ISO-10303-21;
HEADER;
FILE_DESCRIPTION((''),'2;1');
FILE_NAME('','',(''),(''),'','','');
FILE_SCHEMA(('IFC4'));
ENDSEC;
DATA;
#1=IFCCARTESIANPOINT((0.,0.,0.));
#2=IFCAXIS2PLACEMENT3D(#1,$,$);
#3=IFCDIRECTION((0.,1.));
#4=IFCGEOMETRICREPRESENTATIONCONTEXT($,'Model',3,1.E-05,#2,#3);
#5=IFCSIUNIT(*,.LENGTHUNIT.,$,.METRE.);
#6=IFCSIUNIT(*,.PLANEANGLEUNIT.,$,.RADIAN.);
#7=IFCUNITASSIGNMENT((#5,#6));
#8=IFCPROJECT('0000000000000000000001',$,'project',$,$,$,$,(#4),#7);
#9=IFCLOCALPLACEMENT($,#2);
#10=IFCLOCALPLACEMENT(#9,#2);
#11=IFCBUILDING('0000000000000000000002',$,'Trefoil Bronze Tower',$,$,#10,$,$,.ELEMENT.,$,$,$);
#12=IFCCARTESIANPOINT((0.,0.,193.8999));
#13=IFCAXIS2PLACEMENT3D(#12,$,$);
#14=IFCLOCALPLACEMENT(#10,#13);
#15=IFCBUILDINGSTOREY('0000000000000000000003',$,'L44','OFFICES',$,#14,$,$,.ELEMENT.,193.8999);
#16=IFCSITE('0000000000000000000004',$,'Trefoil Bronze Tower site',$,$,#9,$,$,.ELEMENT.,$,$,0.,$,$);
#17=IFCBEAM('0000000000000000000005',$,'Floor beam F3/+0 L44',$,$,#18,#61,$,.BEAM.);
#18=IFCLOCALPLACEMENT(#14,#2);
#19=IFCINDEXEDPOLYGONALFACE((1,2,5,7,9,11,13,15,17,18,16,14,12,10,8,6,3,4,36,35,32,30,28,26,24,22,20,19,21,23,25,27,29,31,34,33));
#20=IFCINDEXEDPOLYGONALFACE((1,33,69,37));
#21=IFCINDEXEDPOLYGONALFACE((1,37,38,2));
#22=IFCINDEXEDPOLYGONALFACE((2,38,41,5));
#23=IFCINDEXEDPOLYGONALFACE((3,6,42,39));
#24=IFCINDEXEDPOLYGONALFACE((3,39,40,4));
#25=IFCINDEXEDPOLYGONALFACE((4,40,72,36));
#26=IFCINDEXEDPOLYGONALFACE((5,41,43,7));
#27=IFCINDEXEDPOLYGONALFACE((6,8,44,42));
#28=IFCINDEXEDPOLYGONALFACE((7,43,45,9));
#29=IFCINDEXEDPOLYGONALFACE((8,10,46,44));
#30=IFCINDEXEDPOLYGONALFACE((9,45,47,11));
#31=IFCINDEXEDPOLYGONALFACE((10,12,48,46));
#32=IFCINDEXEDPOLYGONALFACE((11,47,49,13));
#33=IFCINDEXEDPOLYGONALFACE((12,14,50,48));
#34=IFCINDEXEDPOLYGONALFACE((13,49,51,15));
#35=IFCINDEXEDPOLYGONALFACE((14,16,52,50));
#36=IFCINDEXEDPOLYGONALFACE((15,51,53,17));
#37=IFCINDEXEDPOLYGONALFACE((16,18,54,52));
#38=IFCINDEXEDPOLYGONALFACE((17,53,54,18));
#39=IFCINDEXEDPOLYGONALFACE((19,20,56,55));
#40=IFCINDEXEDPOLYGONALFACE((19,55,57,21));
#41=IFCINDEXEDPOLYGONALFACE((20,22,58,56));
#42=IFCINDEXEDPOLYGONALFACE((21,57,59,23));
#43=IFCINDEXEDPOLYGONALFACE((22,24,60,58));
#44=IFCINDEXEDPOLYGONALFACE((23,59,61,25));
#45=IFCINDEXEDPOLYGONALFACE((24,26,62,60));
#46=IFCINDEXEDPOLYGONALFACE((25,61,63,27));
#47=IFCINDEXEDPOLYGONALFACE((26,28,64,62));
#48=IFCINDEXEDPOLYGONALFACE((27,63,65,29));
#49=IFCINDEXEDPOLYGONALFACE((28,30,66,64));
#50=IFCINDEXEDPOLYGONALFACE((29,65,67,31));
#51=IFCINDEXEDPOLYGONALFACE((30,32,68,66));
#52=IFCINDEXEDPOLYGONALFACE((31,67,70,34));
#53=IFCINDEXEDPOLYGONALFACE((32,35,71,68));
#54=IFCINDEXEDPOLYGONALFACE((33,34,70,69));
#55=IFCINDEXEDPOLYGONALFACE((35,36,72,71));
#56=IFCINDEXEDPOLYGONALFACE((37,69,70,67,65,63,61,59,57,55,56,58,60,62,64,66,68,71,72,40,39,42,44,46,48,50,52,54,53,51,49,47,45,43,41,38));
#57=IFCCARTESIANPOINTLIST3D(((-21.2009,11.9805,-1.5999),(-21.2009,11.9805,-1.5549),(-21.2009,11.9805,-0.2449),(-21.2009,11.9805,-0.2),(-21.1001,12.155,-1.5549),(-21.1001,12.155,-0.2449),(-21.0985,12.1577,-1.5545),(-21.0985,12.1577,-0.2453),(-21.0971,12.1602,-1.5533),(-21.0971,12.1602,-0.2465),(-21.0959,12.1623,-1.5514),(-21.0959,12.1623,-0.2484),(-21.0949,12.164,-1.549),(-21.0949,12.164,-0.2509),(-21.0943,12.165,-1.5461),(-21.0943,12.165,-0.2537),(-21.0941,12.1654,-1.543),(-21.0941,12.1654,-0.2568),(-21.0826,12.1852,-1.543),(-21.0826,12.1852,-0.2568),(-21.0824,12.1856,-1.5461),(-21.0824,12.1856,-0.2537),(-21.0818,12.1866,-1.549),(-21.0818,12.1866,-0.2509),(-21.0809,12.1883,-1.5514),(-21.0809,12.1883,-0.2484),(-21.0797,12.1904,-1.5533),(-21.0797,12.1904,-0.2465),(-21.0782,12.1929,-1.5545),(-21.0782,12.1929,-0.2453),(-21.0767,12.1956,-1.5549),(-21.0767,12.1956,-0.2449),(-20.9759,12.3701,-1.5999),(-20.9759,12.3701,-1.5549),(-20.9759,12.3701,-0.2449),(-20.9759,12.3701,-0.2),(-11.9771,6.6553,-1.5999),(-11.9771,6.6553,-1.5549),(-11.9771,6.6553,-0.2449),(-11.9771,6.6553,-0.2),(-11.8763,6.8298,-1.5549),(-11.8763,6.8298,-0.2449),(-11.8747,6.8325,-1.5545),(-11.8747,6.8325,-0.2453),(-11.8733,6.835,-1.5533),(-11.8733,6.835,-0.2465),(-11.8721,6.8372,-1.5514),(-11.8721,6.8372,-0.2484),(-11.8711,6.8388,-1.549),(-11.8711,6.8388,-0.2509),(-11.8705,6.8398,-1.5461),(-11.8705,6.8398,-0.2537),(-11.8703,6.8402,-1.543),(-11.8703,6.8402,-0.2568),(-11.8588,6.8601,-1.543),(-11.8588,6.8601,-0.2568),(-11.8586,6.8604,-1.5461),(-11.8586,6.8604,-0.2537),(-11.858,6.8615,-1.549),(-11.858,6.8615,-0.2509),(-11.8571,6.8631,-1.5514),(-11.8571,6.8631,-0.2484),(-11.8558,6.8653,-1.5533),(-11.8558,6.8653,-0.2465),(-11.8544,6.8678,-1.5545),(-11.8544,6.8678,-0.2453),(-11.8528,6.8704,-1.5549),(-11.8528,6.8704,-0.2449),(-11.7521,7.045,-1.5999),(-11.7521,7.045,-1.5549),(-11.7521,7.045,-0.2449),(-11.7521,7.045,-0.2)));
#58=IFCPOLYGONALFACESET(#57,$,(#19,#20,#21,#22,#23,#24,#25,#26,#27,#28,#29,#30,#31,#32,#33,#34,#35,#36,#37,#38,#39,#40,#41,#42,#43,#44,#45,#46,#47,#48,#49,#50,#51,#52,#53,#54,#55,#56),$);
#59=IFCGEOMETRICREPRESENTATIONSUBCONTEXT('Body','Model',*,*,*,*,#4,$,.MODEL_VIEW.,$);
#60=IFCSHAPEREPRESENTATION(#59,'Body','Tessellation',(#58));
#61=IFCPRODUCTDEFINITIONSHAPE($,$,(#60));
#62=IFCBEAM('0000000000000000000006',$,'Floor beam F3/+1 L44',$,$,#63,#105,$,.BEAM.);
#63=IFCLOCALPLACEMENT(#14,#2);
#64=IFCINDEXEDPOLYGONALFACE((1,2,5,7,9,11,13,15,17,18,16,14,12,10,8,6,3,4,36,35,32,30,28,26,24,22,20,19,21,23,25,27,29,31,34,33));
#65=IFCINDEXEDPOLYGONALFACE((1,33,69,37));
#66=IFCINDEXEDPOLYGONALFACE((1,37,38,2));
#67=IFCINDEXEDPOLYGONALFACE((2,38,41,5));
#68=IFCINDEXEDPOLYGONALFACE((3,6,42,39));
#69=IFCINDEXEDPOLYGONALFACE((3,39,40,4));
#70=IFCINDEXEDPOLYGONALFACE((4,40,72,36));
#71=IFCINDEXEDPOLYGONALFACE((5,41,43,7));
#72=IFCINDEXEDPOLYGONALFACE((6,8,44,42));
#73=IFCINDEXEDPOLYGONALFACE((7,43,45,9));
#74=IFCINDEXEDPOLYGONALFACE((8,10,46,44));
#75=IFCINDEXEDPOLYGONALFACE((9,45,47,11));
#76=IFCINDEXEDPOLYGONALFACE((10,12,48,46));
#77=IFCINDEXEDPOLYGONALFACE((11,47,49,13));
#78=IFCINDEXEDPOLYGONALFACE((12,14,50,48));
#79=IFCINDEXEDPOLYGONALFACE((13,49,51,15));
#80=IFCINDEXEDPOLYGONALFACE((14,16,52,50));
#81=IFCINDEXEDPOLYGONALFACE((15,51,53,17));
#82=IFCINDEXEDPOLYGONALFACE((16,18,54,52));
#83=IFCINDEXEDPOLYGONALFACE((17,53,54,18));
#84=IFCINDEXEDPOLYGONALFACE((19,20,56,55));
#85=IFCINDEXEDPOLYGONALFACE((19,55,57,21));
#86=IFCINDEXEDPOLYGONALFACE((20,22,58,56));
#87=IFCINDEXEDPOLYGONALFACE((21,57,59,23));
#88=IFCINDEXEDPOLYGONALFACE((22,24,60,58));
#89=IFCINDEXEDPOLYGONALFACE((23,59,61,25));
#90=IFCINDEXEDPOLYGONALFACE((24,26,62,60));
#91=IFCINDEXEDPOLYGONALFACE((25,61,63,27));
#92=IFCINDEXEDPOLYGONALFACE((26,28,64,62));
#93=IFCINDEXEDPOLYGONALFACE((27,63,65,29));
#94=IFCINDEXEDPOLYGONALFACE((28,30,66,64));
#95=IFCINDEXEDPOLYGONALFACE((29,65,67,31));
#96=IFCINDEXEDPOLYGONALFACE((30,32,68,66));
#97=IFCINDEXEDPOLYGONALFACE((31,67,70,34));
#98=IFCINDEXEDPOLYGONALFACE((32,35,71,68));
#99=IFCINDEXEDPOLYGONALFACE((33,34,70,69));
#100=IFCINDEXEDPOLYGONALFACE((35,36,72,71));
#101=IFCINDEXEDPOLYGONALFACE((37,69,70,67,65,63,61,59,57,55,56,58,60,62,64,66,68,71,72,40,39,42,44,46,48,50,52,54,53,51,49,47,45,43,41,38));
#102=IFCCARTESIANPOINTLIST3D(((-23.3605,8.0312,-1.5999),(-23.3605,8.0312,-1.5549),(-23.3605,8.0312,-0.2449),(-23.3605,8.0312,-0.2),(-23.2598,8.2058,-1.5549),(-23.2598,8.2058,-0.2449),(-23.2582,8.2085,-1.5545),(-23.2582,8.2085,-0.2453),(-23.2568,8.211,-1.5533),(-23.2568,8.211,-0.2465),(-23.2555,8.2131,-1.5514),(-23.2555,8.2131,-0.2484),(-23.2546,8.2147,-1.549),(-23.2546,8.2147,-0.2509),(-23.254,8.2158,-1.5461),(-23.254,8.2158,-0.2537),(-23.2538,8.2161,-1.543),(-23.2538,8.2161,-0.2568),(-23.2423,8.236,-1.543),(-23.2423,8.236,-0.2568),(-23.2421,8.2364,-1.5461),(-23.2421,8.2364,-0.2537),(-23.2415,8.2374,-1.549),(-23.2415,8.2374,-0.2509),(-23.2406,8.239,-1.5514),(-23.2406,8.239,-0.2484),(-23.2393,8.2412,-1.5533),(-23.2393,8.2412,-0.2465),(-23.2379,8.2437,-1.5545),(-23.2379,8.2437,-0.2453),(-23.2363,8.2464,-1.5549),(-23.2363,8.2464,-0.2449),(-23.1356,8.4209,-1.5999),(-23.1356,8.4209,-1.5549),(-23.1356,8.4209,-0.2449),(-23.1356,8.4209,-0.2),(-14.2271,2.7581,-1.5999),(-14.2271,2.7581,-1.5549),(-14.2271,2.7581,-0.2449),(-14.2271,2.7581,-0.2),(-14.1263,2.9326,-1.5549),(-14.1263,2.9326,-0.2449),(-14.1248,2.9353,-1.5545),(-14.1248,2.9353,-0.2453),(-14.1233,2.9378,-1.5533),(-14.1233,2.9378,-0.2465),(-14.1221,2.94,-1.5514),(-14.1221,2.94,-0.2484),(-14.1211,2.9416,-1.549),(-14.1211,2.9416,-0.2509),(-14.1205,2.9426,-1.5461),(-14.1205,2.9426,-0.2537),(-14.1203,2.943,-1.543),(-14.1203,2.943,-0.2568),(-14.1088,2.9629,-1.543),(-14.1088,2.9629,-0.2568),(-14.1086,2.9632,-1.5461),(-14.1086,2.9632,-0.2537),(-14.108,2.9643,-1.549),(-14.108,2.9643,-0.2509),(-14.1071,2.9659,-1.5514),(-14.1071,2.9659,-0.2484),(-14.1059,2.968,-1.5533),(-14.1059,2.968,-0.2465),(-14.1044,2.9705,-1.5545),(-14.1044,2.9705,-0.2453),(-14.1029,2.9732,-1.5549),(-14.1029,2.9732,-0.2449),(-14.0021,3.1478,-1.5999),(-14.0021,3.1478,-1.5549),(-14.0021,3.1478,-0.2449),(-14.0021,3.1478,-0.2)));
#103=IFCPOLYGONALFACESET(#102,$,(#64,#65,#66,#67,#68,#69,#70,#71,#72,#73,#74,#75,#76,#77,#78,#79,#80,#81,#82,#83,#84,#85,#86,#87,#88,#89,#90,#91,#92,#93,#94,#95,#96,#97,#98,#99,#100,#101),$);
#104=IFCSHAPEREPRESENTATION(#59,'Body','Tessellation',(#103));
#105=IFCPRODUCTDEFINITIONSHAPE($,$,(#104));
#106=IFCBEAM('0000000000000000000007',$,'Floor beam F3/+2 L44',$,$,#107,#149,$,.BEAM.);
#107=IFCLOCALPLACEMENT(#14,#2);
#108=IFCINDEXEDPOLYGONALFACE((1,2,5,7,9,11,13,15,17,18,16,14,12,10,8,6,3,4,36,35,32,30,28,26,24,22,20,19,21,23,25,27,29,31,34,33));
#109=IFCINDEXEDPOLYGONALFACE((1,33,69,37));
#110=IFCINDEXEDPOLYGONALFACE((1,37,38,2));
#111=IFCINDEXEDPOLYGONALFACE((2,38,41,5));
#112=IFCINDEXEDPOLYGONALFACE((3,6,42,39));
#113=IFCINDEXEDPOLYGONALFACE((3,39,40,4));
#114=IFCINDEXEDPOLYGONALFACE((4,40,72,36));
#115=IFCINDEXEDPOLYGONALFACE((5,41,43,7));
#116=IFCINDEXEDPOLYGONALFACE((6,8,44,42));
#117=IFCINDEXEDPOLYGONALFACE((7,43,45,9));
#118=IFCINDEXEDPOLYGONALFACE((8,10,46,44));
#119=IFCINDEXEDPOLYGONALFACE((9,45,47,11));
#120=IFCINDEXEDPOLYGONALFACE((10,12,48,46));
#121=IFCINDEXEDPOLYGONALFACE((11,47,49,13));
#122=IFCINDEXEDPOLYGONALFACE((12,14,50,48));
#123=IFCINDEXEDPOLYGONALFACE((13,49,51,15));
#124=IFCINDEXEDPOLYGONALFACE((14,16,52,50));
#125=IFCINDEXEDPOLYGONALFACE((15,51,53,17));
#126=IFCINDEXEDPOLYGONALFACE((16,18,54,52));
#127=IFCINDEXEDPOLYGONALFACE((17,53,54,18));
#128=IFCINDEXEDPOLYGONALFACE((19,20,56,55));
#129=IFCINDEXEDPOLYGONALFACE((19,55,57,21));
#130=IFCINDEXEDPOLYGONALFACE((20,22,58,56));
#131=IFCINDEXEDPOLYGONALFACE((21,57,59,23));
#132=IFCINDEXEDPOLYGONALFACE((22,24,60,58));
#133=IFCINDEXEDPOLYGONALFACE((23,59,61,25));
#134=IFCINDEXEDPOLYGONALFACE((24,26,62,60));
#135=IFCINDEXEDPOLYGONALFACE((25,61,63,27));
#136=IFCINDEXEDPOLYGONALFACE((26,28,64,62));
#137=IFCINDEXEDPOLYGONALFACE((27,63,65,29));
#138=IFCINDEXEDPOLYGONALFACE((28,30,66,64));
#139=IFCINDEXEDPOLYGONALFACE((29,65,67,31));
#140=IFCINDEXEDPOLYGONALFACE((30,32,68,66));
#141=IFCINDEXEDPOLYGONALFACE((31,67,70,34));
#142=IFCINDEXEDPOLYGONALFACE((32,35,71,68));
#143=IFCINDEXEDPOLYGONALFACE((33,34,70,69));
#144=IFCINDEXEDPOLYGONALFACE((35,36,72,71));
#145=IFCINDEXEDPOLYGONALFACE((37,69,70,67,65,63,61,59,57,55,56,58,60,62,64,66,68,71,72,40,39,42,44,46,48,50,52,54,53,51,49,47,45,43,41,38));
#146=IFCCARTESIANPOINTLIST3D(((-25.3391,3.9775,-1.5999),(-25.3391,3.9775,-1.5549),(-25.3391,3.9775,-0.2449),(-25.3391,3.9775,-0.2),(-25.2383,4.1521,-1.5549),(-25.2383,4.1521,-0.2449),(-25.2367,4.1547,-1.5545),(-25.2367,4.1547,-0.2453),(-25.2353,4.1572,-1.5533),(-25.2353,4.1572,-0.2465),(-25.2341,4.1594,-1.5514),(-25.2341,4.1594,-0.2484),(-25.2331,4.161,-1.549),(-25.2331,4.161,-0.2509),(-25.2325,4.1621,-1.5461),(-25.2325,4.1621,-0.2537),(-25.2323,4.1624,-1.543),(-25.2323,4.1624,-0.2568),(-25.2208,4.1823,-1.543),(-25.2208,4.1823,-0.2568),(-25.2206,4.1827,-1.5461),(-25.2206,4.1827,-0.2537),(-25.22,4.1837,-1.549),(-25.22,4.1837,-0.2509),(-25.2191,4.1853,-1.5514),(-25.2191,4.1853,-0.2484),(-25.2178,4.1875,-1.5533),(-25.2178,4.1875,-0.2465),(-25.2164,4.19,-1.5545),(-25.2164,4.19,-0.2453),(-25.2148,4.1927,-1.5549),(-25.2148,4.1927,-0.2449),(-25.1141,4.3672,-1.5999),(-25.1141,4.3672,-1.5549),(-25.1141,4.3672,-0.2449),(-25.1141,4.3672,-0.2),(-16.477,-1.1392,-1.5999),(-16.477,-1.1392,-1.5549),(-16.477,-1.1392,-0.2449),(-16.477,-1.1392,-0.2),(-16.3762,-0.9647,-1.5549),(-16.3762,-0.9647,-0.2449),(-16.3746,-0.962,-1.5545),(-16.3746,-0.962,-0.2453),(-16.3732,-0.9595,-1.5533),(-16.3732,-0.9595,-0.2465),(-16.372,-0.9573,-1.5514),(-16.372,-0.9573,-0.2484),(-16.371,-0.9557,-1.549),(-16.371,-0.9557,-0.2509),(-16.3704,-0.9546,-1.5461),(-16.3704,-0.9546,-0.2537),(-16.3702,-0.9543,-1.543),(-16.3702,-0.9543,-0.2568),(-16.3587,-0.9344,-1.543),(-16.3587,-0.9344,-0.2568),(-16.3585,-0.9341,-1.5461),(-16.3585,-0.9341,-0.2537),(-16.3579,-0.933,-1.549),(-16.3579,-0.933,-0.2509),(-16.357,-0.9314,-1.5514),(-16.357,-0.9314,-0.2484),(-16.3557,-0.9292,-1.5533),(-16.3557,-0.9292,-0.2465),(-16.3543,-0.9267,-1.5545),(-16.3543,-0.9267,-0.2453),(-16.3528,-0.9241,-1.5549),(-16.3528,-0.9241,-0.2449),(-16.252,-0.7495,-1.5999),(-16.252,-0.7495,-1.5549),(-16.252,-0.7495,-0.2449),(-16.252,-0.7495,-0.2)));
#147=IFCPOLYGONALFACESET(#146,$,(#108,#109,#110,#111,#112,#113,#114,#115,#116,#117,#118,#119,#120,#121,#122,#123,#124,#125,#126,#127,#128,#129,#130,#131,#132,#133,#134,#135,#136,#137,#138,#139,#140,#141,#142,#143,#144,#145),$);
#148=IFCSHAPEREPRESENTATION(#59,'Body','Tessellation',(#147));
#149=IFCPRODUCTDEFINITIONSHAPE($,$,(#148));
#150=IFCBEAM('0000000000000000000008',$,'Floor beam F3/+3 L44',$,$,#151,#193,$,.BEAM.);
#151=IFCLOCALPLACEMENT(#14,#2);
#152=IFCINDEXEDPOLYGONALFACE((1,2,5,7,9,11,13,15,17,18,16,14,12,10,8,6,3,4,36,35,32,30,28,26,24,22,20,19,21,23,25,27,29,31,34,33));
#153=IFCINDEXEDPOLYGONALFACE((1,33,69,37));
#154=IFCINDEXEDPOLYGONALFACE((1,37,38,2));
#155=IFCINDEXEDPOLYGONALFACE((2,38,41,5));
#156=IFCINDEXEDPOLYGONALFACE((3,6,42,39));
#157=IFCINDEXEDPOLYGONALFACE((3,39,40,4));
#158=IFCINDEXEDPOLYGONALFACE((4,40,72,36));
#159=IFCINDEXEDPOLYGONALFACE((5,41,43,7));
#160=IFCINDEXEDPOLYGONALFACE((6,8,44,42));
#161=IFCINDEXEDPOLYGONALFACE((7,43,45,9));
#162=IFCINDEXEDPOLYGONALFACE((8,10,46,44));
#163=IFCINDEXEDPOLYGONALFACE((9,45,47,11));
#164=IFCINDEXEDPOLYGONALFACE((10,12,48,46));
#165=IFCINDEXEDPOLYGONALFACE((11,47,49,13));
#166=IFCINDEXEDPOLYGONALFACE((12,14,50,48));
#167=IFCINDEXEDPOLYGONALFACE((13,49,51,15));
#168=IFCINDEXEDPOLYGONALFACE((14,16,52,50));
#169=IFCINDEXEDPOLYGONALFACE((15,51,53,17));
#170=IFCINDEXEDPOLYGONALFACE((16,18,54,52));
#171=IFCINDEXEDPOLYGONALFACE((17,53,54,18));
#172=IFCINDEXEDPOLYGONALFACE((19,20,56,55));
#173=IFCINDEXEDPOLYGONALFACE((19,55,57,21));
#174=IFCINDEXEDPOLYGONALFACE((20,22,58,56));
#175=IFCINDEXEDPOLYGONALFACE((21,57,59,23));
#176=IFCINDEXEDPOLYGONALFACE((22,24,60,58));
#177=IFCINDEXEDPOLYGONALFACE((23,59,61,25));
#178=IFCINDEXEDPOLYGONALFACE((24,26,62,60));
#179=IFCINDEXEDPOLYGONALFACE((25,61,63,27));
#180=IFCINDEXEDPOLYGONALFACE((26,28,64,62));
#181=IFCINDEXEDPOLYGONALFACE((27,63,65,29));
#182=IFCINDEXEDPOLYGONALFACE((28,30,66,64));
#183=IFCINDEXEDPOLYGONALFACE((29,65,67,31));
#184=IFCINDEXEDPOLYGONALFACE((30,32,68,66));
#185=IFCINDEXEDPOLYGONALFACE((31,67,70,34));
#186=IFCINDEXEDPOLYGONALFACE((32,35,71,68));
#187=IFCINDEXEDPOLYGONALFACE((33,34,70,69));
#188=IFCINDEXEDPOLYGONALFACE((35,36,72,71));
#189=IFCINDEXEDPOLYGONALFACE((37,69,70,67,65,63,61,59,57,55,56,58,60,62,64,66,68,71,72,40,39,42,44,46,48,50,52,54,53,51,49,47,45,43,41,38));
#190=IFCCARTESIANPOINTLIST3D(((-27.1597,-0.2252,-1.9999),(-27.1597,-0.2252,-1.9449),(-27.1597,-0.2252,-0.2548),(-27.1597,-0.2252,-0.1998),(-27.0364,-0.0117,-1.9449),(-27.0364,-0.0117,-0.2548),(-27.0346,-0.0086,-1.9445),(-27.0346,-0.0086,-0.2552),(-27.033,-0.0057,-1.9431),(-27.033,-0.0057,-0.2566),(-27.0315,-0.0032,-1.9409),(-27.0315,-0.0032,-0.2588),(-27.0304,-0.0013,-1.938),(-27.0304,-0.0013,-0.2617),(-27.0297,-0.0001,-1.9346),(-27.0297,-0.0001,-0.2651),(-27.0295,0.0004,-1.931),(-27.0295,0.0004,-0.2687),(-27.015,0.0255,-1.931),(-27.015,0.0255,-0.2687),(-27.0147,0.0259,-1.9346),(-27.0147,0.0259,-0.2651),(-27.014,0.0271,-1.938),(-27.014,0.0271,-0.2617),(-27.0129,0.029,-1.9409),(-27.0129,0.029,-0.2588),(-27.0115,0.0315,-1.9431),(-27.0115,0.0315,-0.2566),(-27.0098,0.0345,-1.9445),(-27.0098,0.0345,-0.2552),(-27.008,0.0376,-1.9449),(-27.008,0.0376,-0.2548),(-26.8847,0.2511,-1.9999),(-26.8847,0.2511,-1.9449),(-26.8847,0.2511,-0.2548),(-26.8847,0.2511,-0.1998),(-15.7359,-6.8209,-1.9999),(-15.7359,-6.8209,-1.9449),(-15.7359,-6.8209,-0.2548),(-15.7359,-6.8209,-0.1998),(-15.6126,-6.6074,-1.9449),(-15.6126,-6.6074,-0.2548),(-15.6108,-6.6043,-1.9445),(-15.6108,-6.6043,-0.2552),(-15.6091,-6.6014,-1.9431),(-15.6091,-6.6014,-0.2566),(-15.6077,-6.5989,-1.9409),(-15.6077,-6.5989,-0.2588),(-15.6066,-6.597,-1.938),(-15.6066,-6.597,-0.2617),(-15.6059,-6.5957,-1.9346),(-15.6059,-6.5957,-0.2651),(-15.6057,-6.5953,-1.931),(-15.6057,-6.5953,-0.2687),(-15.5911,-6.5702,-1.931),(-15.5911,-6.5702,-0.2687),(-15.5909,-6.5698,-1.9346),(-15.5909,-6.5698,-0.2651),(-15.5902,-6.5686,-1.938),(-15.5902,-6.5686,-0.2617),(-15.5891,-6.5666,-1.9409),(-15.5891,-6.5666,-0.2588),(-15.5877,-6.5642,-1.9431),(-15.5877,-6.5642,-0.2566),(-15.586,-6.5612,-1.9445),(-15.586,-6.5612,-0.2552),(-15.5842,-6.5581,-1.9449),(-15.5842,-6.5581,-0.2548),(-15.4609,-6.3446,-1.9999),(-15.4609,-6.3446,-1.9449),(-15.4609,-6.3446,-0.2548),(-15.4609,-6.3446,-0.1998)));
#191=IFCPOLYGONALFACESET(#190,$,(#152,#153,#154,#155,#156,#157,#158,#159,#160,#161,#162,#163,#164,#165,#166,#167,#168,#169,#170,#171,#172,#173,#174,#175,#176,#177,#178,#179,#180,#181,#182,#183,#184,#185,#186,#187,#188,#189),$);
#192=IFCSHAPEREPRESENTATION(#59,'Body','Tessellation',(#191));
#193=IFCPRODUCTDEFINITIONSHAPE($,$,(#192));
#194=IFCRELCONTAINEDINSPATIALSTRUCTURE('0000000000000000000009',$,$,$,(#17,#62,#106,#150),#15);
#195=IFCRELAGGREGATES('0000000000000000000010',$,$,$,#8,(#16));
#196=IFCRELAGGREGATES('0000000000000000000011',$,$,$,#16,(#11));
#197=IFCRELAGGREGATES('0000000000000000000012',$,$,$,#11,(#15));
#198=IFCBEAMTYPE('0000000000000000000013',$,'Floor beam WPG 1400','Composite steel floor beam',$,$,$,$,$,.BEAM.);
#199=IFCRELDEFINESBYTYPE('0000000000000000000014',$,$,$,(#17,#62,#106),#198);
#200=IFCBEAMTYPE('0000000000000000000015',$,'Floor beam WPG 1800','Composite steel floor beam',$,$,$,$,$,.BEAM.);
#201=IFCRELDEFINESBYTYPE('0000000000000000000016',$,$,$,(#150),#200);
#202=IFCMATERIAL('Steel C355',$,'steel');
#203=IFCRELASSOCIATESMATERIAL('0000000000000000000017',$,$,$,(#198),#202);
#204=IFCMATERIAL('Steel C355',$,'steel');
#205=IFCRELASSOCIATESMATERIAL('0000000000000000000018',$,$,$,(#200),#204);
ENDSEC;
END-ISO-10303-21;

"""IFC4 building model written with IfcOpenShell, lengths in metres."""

from ifc_helpers import new_model, si_unit, direction, frame, origin, origin_2d, place, context, subcontext, project, spatial, i_section, extrude, material, material_profile, profile_set, type_object, element, save


model = new_model("IFC4")

# Units and contexts
model_context = context("Model", 3, precision=1e-05, world=origin(), true_north=direction((0.0, 1.0)))
body_context = subcontext(model_context, "Body", "Model", "MODEL_VIEW")
ifc_project = project(units=[si_unit("LENGTHUNIT", "METRE"), si_unit("PLANEANGLEUNIT", "RADIAN")], contexts=[model_context])

# Site, building, storey
site_placement = place(None, origin())
site = spatial("IfcSite", under=ifc_project, at=site_placement, Name="Trefoil Bronze Tower site", CompositionType="ELEMENT", RefElevation=0.0)
building_placement = place(site_placement, origin())
building = spatial("IfcBuilding", under=site, at=building_placement, Name="Trefoil Bronze Tower", CompositionType="ELEMENT")
storey_placement = place(building_placement, frame((0.0, 0.0, 193.8999)))
storey = spatial("IfcBuildingStorey", under=building, at=storey_placement, Name="L44", Description="OFFICES", CompositionType="ELEMENT", Elevation=193.8999)

# Beams
ifc_material_1 = material(Name="Steel C355", Category="steel")
ifc_material_profile_1 = material_profile(ifc_material_1, i_section(OverallWidth=0.45, OverallDepth=1.3999, WebThickness=0.0229, FlangeThickness=0.0449, FilletRadius=0.012, at=origin_2d()), Name="WPG 1400")
ifc_profile_set_1 = profile_set([ifc_material_profile_1], Name="Steel C355")
beam_type_1 = type_object("IfcBeamType", Name="Floor beam WPG 1400", Description="Composite steel floor beam", PredefinedType="BEAM", material=ifc_profile_set_1)
beam_1_placement = place(storey_placement, frame((-21.0884, 12.1753, -0.8999), z_axis=(0.866034, -0.499985, 0.0), x_axis=(0.499985, 0.866034, 0.0)))
element("IfcBeam", 1, at=beam_1_placement, inside=storey, type_object=beam_type_1, Name="Floor beam F3/+0 L44", PredefinedType="BEAM", context=body_context, shape_type="SweptSolid", body=[
    extrude(i_section(OverallWidth=0.45, OverallDepth=1.3999, WebThickness=0.0229, FlangeThickness=0.0449, FilletRadius=0.012, at=origin_2d()), origin(), (0.0, 0.0, 1.0), 10.6506),
])
beam_2_placement = place(storey_placement, frame((-23.248, 8.2261, -0.8999), z_axis=(0.866028, -0.499996, 0.0), x_axis=(0.499996, 0.866028, 0.0)))
element("IfcBeam", 2, at=beam_2_placement, inside=storey, type_object=beam_type_1, Name="Floor beam F3/+1 L44", PredefinedType="BEAM", context=body_context, shape_type="SweptSolid", body=[
    extrude(i_section(OverallWidth=0.45, OverallDepth=1.3999, WebThickness=0.0229, FlangeThickness=0.0449, FilletRadius=0.012, at=origin_2d()), origin(), (0.0, 0.0, 1.0), 10.5464),
])
beam_3_placement = place(storey_placement, frame((-25.2266, 4.1724, -0.8999), z_axis=(0.866018, -0.500014, 0.0), x_axis=(0.500014, 0.866018, 0.0)))
element("IfcBeam", 3, at=beam_3_placement, inside=storey, type_object=beam_type_1, Name="Floor beam F3/+2 L44", PredefinedType="BEAM", context=body_context, shape_type="SweptSolid", body=[
    extrude(i_section(OverallWidth=0.45, OverallDepth=1.3999, WebThickness=0.0229, FlangeThickness=0.0449, FilletRadius=0.012, at=origin_2d()), origin(), (0.0, 0.0, 1.0), 10.2332),
])
ifc_material_2 = material(Name="Steel C355", Category="steel")
ifc_material_profile_2 = material_profile(ifc_material_2, i_section(OverallWidth=0.55, OverallDepth=1.8, WebThickness=0.0291, FlangeThickness=0.0549, FilletRadius=0.0139, at=origin_2d()), Name="WPG 1800")
ifc_profile_set_2 = profile_set([ifc_material_profile_2], Name="Steel C355")
beam_type_2 = type_object("IfcBeamType", Name="Floor beam WPG 1800", Description="Composite steel floor beam", PredefinedType="BEAM", material=ifc_profile_set_2)
beam_4_placement = place(storey_placement, frame((-27.0222, 0.0129, -1.0999), z_axis=(0.86602, -0.500009, 0.0), x_axis=(0.500009, 0.86602, 0.0)))
element("IfcBeam", 4, at=beam_4_placement, inside=storey, type_object=beam_type_2, Name="Floor beam F3/+3 L44", PredefinedType="BEAM", context=body_context, shape_type="SweptSolid", body=[
    extrude(i_section(OverallWidth=0.55, OverallDepth=1.8, WebThickness=0.0291, FlangeThickness=0.0549, FilletRadius=0.0139, at=origin_2d()), origin(), (0.0, 0.0, 1.0), 13.1912),
])

save(model, "model.ifc")
